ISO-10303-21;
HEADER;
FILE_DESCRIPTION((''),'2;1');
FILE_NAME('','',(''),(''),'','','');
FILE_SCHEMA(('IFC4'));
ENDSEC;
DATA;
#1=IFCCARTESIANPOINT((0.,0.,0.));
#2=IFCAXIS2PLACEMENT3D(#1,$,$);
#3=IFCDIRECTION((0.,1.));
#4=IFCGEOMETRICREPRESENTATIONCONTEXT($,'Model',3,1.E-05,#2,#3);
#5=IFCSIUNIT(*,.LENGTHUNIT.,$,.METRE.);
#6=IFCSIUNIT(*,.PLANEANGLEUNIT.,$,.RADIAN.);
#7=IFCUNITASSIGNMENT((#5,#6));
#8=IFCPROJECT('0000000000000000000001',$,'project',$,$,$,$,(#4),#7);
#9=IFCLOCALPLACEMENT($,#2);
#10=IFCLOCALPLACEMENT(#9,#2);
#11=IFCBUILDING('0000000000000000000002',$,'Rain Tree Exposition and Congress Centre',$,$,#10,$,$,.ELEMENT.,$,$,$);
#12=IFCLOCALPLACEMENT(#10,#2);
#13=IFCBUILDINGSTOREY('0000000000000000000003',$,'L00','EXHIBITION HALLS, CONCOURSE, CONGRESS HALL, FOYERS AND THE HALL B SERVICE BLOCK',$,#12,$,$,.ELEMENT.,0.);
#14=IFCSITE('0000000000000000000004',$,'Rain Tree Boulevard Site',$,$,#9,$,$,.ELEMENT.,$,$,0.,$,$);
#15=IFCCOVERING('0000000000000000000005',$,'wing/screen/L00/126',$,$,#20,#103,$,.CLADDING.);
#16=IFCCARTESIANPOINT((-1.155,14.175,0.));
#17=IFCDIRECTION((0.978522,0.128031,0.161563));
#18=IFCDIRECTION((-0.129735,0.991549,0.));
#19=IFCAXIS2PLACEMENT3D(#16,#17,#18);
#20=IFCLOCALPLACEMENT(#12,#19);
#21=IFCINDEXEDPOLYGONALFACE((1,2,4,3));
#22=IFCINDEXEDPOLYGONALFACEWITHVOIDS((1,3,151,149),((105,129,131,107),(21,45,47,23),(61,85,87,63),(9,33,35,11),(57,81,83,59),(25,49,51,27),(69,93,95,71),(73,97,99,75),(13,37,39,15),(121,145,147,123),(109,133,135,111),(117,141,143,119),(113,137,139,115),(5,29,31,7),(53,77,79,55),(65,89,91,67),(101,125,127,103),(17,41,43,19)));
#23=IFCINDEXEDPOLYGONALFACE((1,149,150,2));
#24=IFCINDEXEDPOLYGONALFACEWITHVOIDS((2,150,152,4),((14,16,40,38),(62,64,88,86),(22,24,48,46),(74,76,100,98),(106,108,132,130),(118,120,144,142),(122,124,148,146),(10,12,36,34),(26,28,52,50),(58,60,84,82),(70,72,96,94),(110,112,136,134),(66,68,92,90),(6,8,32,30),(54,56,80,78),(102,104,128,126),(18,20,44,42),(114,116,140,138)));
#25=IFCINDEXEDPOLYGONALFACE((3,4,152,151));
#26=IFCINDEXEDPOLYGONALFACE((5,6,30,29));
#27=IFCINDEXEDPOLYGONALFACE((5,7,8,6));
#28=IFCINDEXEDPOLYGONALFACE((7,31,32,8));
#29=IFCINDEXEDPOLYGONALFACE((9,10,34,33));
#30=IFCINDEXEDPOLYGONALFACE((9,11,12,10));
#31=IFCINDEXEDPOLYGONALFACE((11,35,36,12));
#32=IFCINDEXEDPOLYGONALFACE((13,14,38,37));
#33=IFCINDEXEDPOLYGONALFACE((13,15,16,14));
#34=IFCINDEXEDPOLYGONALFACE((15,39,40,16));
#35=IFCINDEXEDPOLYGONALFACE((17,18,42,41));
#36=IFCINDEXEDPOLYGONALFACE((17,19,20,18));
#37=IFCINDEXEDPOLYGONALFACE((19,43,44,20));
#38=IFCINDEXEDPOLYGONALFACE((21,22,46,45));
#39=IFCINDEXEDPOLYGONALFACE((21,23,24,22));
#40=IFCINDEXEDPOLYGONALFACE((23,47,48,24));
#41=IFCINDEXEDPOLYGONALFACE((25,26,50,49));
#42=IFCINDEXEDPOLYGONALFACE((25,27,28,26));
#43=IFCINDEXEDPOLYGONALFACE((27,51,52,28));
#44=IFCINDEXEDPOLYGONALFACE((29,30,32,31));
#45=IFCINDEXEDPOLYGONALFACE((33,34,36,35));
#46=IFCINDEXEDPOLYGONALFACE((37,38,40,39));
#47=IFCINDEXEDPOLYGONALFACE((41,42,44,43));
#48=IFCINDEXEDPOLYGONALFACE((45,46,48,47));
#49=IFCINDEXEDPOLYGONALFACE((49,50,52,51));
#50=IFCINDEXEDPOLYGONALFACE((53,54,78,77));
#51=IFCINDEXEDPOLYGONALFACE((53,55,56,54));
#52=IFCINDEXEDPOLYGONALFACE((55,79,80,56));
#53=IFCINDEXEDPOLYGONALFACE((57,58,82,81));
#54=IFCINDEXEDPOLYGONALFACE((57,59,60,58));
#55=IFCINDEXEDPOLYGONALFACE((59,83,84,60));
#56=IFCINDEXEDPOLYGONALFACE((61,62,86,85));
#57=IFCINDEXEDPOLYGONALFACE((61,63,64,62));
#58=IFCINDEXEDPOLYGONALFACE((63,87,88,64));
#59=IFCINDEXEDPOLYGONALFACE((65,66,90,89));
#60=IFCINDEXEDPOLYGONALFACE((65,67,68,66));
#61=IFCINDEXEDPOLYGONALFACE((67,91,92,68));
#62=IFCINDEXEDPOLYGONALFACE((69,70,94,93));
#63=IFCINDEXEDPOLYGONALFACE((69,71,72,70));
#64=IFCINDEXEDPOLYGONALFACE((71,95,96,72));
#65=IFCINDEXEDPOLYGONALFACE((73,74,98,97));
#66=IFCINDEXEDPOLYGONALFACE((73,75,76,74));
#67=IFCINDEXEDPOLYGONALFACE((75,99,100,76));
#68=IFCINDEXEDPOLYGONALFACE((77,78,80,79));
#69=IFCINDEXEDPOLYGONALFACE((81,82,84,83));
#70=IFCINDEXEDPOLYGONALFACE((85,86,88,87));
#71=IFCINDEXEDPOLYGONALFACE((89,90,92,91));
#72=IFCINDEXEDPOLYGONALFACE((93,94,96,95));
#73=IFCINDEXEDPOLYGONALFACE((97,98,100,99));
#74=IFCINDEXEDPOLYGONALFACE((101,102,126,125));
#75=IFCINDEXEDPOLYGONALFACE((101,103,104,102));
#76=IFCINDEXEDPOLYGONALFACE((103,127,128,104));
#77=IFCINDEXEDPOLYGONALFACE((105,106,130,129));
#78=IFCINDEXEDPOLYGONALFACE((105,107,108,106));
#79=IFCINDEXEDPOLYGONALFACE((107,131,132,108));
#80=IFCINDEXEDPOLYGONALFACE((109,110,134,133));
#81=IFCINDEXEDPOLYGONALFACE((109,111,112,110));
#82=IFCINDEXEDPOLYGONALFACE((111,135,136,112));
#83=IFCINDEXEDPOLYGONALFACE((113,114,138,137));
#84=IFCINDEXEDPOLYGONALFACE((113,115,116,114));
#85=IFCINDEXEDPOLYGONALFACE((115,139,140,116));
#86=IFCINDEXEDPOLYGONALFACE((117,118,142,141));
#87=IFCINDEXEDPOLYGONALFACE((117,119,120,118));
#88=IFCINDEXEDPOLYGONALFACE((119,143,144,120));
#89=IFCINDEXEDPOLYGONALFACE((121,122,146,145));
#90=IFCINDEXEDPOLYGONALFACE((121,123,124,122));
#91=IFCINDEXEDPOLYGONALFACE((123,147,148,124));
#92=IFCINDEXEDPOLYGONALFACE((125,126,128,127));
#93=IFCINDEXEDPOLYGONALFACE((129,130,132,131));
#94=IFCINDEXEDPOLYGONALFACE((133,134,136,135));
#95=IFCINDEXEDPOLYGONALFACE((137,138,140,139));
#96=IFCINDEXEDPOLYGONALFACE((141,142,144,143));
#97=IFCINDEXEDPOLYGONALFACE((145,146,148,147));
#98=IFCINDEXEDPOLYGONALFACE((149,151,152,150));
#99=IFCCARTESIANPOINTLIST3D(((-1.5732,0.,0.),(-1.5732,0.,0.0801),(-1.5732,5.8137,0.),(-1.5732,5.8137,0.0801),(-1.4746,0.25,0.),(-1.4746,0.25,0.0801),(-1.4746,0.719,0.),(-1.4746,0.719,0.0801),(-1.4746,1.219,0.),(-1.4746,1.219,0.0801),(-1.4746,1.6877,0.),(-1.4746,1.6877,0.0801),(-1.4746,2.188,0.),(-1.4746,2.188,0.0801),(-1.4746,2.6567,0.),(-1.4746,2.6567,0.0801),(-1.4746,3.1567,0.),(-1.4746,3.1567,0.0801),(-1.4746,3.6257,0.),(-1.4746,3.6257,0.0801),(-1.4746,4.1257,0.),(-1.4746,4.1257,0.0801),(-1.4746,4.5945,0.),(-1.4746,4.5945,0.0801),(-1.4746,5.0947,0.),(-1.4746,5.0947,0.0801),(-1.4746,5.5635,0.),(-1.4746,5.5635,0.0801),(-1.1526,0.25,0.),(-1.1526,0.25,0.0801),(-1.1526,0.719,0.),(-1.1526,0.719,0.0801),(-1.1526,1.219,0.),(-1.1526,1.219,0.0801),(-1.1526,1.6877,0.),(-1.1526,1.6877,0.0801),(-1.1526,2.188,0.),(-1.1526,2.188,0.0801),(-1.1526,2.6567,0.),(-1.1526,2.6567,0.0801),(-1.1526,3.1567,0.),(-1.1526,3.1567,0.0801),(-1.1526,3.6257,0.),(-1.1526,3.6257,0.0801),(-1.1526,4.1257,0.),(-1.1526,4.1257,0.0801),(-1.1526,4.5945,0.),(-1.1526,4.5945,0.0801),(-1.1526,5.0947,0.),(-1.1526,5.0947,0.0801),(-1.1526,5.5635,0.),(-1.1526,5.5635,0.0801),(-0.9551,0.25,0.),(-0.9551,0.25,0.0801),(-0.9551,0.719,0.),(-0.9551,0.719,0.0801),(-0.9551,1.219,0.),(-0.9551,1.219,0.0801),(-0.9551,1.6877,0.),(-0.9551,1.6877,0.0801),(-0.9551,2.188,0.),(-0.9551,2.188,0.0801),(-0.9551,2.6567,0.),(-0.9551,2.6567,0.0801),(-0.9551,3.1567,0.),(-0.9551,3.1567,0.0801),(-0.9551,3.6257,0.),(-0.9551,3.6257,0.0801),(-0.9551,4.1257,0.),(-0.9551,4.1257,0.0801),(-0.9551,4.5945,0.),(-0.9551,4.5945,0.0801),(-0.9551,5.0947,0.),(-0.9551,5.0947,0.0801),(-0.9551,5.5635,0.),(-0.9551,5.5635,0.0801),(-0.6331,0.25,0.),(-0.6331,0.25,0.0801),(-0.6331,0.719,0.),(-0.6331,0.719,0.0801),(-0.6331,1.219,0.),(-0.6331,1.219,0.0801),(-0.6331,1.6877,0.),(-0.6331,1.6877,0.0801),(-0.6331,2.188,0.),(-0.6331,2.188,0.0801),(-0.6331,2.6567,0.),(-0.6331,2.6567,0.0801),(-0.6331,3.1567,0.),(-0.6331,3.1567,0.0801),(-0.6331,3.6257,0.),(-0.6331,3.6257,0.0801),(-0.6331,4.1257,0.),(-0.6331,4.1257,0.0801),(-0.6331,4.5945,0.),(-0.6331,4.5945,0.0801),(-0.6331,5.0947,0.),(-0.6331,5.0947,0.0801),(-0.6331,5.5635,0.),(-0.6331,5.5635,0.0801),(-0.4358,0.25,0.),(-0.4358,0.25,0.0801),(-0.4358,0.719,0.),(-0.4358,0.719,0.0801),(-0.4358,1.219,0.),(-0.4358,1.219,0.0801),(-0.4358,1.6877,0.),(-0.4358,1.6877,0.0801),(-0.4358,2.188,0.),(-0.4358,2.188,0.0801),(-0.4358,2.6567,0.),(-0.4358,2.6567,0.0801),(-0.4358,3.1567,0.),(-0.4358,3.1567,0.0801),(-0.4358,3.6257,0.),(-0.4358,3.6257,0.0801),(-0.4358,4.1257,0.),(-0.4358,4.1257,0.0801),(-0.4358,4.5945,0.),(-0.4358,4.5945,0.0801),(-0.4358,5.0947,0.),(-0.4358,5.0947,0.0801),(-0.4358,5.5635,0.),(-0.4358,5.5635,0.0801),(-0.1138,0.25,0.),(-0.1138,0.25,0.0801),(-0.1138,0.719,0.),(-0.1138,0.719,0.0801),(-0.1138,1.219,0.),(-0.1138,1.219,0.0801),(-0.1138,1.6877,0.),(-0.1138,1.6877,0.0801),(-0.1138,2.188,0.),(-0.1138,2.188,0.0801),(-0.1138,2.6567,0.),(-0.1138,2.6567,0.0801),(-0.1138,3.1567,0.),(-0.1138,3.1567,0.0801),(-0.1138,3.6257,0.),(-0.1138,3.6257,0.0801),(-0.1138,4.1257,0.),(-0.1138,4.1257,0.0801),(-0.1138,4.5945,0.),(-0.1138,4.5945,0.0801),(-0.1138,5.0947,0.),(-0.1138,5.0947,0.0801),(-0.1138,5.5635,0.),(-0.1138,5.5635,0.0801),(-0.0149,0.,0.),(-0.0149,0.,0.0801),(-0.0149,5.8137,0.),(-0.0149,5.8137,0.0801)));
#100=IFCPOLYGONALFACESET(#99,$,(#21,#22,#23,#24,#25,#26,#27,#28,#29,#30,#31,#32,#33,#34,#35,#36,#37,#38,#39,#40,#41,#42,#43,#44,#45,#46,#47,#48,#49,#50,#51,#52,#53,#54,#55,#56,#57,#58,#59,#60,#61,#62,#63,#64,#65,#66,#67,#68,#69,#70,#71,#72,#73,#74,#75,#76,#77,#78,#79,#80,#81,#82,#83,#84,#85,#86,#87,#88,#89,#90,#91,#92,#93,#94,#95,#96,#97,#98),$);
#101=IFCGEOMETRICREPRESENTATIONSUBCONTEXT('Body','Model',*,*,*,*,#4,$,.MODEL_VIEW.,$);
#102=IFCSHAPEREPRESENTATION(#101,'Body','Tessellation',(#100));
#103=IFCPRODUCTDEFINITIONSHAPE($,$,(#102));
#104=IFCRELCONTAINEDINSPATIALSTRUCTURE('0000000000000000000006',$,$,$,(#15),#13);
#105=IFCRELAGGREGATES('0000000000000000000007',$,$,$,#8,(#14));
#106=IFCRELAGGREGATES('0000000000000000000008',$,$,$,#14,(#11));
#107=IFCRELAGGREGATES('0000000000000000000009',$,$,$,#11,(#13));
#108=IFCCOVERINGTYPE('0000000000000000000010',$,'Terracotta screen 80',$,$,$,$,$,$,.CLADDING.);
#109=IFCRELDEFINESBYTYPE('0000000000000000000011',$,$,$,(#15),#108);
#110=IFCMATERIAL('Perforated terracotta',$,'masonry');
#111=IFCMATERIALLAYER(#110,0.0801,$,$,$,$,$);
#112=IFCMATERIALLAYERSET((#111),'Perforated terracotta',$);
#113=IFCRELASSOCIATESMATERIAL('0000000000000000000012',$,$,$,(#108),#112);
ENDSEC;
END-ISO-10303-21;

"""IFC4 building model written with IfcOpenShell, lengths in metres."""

from ifc_helpers import new_model, si_unit, direction, frame, origin, place, context, subcontext, project, spatial, polyline, outline, extrude, material, layer, layer_set, type_object, element, save


model = new_model("IFC4")

# Units and contexts
model_context = context("Model", 3, precision=1e-05, world=origin(), true_north=direction((0.0, 1.0)))
body_context = subcontext(model_context, "Body", "Model", "MODEL_VIEW")
ifc_project = project(units=[si_unit("LENGTHUNIT", "METRE"), si_unit("PLANEANGLEUNIT", "RADIAN")], contexts=[model_context])

# Site, building, storey
site_placement = place(None, origin())
site = spatial("IfcSite", under=ifc_project, at=site_placement, Name="Rain Tree Boulevard Site", CompositionType="ELEMENT", RefElevation=0.0)
building_placement = place(site_placement, origin())
building = spatial("IfcBuilding", under=site, at=building_placement, Name="Rain Tree Exposition and Congress Centre", CompositionType="ELEMENT")
storey_placement = place(building_placement, origin())
storey = spatial("IfcBuildingStorey", under=building, at=storey_placement, Name="L00", Description="EXHIBITION HALLS, CONCOURSE, CONGRESS HALL, FOYERS AND THE HALL B SERVICE BLOCK", CompositionType="ELEMENT", Elevation=0.0)

# Covering
ifc_material_1 = material(Name="Perforated terracotta", Category="masonry")
ifc_layer_1 = layer(ifc_material_1, 0.0801)
ifc_layer_set_1 = layer_set([ifc_layer_1], Name="Perforated terracotta")
covering_type = type_object("IfcCoveringType", Name="Terracotta screen 80", PredefinedType="CLADDING", material=ifc_layer_set_1)
covering_1_placement = place(storey_placement, frame((-1.155, 14.175, 0.0), z_axis=(0.978522, 0.128031, 0.161563), x_axis=(-0.129735, 0.991549, 0.0)))
element("IfcCovering", 1, at=covering_1_placement, inside=storey, type_object=covering_type, Name="wing/screen/L00/126", PredefinedType="CLADDING", context=body_context, shape_type="SweptSolid", body=[
    extrude(outline(polyline([(-1.5732, 0.0), (-1.5732, 5.8137), (-0.0149, 5.8137), (-0.0149, 0.0), (-1.5732, 0.0)]), holes=[polyline([(-0.1138, 0.25), (-0.1138, 0.719), (-0.4358, 0.719), (-0.4358, 0.25), (-0.1138, 0.25)]), polyline([(-0.1138, 1.219), (-0.1138, 1.6877), (-0.4358, 1.6877), (-0.4358, 1.219), (-0.1138, 1.219)]), polyline([(-0.1138, 2.188), (-0.1138, 2.6567), (-0.4358, 2.6567), (-0.4358, 2.188), (-0.1138, 2.188)]), polyline([(-0.1138, 3.1567), (-0.1138, 3.6257), (-0.4358, 3.6257), (-0.4358, 3.1567), (-0.1138, 3.1567)]), polyline([(-0.1138, 4.1257), (-0.1138, 4.5945), (-0.4358, 4.5945), (-0.4358, 4.1257), (-0.1138, 4.1257)]), polyline([(-0.1138, 5.0947), (-0.1138, 5.5635), (-0.4358, 5.5635), (-0.4358, 5.0947), (-0.1138, 5.0947)]), polyline([(-0.6331, 0.25), (-0.6331, 0.719), (-0.9551, 0.719), (-0.9551, 0.25), (-0.6331, 0.25)]), polyline([(-0.6331, 1.219), (-0.6331, 1.6877), (-0.9551, 1.6877), (-0.9551, 1.219), (-0.6331, 1.219)]), polyline([(-0.6331, 2.188), (-0.6331, 2.6567), (-0.9551, 2.6567), (-0.9551, 2.188), (-0.6331, 2.188)]), polyline([(-0.6331, 3.1567), (-0.6331, 3.6257), (-0.9551, 3.6257), (-0.9551, 3.1567), (-0.6331, 3.1567)]), polyline([(-0.6331, 4.1257), (-0.6331, 4.5945), (-0.9551, 4.5945), (-0.9551, 4.1257), (-0.6331, 4.1257)]), polyline([(-0.6331, 5.0947), (-0.6331, 5.5635), (-0.9551, 5.5635), (-0.9551, 5.0947), (-0.6331, 5.0947)]), polyline([(-1.1526, 0.25), (-1.1526, 0.719), (-1.4746, 0.719), (-1.4746, 0.25), (-1.1526, 0.25)]), polyline([(-1.1526, 1.219), (-1.1526, 1.6877), (-1.4746, 1.6877), (-1.4746, 1.219), (-1.1526, 1.219)]), polyline([(-1.1526, 2.188), (-1.1526, 2.6567), (-1.4746, 2.6567), (-1.4746, 2.188), (-1.1526, 2.188)]), polyline([(-1.1526, 3.1567), (-1.1526, 3.6257), (-1.4746, 3.6257), (-1.4746, 3.1567), (-1.1526, 3.1567)]), polyline([(-1.1526, 4.1257), (-1.1526, 4.5945), (-1.4746, 4.5945), (-1.4746, 4.1257), (-1.1526, 4.1257)]), polyline([(-1.1526, 5.0947), (-1.1526, 5.5635), (-1.4746, 5.5635), (-1.4746, 5.0947), (-1.1526, 5.0947)])]), origin(), (0.0, 0.0, 1.0), 0.0801),
])

save(model, "model.ifc")
